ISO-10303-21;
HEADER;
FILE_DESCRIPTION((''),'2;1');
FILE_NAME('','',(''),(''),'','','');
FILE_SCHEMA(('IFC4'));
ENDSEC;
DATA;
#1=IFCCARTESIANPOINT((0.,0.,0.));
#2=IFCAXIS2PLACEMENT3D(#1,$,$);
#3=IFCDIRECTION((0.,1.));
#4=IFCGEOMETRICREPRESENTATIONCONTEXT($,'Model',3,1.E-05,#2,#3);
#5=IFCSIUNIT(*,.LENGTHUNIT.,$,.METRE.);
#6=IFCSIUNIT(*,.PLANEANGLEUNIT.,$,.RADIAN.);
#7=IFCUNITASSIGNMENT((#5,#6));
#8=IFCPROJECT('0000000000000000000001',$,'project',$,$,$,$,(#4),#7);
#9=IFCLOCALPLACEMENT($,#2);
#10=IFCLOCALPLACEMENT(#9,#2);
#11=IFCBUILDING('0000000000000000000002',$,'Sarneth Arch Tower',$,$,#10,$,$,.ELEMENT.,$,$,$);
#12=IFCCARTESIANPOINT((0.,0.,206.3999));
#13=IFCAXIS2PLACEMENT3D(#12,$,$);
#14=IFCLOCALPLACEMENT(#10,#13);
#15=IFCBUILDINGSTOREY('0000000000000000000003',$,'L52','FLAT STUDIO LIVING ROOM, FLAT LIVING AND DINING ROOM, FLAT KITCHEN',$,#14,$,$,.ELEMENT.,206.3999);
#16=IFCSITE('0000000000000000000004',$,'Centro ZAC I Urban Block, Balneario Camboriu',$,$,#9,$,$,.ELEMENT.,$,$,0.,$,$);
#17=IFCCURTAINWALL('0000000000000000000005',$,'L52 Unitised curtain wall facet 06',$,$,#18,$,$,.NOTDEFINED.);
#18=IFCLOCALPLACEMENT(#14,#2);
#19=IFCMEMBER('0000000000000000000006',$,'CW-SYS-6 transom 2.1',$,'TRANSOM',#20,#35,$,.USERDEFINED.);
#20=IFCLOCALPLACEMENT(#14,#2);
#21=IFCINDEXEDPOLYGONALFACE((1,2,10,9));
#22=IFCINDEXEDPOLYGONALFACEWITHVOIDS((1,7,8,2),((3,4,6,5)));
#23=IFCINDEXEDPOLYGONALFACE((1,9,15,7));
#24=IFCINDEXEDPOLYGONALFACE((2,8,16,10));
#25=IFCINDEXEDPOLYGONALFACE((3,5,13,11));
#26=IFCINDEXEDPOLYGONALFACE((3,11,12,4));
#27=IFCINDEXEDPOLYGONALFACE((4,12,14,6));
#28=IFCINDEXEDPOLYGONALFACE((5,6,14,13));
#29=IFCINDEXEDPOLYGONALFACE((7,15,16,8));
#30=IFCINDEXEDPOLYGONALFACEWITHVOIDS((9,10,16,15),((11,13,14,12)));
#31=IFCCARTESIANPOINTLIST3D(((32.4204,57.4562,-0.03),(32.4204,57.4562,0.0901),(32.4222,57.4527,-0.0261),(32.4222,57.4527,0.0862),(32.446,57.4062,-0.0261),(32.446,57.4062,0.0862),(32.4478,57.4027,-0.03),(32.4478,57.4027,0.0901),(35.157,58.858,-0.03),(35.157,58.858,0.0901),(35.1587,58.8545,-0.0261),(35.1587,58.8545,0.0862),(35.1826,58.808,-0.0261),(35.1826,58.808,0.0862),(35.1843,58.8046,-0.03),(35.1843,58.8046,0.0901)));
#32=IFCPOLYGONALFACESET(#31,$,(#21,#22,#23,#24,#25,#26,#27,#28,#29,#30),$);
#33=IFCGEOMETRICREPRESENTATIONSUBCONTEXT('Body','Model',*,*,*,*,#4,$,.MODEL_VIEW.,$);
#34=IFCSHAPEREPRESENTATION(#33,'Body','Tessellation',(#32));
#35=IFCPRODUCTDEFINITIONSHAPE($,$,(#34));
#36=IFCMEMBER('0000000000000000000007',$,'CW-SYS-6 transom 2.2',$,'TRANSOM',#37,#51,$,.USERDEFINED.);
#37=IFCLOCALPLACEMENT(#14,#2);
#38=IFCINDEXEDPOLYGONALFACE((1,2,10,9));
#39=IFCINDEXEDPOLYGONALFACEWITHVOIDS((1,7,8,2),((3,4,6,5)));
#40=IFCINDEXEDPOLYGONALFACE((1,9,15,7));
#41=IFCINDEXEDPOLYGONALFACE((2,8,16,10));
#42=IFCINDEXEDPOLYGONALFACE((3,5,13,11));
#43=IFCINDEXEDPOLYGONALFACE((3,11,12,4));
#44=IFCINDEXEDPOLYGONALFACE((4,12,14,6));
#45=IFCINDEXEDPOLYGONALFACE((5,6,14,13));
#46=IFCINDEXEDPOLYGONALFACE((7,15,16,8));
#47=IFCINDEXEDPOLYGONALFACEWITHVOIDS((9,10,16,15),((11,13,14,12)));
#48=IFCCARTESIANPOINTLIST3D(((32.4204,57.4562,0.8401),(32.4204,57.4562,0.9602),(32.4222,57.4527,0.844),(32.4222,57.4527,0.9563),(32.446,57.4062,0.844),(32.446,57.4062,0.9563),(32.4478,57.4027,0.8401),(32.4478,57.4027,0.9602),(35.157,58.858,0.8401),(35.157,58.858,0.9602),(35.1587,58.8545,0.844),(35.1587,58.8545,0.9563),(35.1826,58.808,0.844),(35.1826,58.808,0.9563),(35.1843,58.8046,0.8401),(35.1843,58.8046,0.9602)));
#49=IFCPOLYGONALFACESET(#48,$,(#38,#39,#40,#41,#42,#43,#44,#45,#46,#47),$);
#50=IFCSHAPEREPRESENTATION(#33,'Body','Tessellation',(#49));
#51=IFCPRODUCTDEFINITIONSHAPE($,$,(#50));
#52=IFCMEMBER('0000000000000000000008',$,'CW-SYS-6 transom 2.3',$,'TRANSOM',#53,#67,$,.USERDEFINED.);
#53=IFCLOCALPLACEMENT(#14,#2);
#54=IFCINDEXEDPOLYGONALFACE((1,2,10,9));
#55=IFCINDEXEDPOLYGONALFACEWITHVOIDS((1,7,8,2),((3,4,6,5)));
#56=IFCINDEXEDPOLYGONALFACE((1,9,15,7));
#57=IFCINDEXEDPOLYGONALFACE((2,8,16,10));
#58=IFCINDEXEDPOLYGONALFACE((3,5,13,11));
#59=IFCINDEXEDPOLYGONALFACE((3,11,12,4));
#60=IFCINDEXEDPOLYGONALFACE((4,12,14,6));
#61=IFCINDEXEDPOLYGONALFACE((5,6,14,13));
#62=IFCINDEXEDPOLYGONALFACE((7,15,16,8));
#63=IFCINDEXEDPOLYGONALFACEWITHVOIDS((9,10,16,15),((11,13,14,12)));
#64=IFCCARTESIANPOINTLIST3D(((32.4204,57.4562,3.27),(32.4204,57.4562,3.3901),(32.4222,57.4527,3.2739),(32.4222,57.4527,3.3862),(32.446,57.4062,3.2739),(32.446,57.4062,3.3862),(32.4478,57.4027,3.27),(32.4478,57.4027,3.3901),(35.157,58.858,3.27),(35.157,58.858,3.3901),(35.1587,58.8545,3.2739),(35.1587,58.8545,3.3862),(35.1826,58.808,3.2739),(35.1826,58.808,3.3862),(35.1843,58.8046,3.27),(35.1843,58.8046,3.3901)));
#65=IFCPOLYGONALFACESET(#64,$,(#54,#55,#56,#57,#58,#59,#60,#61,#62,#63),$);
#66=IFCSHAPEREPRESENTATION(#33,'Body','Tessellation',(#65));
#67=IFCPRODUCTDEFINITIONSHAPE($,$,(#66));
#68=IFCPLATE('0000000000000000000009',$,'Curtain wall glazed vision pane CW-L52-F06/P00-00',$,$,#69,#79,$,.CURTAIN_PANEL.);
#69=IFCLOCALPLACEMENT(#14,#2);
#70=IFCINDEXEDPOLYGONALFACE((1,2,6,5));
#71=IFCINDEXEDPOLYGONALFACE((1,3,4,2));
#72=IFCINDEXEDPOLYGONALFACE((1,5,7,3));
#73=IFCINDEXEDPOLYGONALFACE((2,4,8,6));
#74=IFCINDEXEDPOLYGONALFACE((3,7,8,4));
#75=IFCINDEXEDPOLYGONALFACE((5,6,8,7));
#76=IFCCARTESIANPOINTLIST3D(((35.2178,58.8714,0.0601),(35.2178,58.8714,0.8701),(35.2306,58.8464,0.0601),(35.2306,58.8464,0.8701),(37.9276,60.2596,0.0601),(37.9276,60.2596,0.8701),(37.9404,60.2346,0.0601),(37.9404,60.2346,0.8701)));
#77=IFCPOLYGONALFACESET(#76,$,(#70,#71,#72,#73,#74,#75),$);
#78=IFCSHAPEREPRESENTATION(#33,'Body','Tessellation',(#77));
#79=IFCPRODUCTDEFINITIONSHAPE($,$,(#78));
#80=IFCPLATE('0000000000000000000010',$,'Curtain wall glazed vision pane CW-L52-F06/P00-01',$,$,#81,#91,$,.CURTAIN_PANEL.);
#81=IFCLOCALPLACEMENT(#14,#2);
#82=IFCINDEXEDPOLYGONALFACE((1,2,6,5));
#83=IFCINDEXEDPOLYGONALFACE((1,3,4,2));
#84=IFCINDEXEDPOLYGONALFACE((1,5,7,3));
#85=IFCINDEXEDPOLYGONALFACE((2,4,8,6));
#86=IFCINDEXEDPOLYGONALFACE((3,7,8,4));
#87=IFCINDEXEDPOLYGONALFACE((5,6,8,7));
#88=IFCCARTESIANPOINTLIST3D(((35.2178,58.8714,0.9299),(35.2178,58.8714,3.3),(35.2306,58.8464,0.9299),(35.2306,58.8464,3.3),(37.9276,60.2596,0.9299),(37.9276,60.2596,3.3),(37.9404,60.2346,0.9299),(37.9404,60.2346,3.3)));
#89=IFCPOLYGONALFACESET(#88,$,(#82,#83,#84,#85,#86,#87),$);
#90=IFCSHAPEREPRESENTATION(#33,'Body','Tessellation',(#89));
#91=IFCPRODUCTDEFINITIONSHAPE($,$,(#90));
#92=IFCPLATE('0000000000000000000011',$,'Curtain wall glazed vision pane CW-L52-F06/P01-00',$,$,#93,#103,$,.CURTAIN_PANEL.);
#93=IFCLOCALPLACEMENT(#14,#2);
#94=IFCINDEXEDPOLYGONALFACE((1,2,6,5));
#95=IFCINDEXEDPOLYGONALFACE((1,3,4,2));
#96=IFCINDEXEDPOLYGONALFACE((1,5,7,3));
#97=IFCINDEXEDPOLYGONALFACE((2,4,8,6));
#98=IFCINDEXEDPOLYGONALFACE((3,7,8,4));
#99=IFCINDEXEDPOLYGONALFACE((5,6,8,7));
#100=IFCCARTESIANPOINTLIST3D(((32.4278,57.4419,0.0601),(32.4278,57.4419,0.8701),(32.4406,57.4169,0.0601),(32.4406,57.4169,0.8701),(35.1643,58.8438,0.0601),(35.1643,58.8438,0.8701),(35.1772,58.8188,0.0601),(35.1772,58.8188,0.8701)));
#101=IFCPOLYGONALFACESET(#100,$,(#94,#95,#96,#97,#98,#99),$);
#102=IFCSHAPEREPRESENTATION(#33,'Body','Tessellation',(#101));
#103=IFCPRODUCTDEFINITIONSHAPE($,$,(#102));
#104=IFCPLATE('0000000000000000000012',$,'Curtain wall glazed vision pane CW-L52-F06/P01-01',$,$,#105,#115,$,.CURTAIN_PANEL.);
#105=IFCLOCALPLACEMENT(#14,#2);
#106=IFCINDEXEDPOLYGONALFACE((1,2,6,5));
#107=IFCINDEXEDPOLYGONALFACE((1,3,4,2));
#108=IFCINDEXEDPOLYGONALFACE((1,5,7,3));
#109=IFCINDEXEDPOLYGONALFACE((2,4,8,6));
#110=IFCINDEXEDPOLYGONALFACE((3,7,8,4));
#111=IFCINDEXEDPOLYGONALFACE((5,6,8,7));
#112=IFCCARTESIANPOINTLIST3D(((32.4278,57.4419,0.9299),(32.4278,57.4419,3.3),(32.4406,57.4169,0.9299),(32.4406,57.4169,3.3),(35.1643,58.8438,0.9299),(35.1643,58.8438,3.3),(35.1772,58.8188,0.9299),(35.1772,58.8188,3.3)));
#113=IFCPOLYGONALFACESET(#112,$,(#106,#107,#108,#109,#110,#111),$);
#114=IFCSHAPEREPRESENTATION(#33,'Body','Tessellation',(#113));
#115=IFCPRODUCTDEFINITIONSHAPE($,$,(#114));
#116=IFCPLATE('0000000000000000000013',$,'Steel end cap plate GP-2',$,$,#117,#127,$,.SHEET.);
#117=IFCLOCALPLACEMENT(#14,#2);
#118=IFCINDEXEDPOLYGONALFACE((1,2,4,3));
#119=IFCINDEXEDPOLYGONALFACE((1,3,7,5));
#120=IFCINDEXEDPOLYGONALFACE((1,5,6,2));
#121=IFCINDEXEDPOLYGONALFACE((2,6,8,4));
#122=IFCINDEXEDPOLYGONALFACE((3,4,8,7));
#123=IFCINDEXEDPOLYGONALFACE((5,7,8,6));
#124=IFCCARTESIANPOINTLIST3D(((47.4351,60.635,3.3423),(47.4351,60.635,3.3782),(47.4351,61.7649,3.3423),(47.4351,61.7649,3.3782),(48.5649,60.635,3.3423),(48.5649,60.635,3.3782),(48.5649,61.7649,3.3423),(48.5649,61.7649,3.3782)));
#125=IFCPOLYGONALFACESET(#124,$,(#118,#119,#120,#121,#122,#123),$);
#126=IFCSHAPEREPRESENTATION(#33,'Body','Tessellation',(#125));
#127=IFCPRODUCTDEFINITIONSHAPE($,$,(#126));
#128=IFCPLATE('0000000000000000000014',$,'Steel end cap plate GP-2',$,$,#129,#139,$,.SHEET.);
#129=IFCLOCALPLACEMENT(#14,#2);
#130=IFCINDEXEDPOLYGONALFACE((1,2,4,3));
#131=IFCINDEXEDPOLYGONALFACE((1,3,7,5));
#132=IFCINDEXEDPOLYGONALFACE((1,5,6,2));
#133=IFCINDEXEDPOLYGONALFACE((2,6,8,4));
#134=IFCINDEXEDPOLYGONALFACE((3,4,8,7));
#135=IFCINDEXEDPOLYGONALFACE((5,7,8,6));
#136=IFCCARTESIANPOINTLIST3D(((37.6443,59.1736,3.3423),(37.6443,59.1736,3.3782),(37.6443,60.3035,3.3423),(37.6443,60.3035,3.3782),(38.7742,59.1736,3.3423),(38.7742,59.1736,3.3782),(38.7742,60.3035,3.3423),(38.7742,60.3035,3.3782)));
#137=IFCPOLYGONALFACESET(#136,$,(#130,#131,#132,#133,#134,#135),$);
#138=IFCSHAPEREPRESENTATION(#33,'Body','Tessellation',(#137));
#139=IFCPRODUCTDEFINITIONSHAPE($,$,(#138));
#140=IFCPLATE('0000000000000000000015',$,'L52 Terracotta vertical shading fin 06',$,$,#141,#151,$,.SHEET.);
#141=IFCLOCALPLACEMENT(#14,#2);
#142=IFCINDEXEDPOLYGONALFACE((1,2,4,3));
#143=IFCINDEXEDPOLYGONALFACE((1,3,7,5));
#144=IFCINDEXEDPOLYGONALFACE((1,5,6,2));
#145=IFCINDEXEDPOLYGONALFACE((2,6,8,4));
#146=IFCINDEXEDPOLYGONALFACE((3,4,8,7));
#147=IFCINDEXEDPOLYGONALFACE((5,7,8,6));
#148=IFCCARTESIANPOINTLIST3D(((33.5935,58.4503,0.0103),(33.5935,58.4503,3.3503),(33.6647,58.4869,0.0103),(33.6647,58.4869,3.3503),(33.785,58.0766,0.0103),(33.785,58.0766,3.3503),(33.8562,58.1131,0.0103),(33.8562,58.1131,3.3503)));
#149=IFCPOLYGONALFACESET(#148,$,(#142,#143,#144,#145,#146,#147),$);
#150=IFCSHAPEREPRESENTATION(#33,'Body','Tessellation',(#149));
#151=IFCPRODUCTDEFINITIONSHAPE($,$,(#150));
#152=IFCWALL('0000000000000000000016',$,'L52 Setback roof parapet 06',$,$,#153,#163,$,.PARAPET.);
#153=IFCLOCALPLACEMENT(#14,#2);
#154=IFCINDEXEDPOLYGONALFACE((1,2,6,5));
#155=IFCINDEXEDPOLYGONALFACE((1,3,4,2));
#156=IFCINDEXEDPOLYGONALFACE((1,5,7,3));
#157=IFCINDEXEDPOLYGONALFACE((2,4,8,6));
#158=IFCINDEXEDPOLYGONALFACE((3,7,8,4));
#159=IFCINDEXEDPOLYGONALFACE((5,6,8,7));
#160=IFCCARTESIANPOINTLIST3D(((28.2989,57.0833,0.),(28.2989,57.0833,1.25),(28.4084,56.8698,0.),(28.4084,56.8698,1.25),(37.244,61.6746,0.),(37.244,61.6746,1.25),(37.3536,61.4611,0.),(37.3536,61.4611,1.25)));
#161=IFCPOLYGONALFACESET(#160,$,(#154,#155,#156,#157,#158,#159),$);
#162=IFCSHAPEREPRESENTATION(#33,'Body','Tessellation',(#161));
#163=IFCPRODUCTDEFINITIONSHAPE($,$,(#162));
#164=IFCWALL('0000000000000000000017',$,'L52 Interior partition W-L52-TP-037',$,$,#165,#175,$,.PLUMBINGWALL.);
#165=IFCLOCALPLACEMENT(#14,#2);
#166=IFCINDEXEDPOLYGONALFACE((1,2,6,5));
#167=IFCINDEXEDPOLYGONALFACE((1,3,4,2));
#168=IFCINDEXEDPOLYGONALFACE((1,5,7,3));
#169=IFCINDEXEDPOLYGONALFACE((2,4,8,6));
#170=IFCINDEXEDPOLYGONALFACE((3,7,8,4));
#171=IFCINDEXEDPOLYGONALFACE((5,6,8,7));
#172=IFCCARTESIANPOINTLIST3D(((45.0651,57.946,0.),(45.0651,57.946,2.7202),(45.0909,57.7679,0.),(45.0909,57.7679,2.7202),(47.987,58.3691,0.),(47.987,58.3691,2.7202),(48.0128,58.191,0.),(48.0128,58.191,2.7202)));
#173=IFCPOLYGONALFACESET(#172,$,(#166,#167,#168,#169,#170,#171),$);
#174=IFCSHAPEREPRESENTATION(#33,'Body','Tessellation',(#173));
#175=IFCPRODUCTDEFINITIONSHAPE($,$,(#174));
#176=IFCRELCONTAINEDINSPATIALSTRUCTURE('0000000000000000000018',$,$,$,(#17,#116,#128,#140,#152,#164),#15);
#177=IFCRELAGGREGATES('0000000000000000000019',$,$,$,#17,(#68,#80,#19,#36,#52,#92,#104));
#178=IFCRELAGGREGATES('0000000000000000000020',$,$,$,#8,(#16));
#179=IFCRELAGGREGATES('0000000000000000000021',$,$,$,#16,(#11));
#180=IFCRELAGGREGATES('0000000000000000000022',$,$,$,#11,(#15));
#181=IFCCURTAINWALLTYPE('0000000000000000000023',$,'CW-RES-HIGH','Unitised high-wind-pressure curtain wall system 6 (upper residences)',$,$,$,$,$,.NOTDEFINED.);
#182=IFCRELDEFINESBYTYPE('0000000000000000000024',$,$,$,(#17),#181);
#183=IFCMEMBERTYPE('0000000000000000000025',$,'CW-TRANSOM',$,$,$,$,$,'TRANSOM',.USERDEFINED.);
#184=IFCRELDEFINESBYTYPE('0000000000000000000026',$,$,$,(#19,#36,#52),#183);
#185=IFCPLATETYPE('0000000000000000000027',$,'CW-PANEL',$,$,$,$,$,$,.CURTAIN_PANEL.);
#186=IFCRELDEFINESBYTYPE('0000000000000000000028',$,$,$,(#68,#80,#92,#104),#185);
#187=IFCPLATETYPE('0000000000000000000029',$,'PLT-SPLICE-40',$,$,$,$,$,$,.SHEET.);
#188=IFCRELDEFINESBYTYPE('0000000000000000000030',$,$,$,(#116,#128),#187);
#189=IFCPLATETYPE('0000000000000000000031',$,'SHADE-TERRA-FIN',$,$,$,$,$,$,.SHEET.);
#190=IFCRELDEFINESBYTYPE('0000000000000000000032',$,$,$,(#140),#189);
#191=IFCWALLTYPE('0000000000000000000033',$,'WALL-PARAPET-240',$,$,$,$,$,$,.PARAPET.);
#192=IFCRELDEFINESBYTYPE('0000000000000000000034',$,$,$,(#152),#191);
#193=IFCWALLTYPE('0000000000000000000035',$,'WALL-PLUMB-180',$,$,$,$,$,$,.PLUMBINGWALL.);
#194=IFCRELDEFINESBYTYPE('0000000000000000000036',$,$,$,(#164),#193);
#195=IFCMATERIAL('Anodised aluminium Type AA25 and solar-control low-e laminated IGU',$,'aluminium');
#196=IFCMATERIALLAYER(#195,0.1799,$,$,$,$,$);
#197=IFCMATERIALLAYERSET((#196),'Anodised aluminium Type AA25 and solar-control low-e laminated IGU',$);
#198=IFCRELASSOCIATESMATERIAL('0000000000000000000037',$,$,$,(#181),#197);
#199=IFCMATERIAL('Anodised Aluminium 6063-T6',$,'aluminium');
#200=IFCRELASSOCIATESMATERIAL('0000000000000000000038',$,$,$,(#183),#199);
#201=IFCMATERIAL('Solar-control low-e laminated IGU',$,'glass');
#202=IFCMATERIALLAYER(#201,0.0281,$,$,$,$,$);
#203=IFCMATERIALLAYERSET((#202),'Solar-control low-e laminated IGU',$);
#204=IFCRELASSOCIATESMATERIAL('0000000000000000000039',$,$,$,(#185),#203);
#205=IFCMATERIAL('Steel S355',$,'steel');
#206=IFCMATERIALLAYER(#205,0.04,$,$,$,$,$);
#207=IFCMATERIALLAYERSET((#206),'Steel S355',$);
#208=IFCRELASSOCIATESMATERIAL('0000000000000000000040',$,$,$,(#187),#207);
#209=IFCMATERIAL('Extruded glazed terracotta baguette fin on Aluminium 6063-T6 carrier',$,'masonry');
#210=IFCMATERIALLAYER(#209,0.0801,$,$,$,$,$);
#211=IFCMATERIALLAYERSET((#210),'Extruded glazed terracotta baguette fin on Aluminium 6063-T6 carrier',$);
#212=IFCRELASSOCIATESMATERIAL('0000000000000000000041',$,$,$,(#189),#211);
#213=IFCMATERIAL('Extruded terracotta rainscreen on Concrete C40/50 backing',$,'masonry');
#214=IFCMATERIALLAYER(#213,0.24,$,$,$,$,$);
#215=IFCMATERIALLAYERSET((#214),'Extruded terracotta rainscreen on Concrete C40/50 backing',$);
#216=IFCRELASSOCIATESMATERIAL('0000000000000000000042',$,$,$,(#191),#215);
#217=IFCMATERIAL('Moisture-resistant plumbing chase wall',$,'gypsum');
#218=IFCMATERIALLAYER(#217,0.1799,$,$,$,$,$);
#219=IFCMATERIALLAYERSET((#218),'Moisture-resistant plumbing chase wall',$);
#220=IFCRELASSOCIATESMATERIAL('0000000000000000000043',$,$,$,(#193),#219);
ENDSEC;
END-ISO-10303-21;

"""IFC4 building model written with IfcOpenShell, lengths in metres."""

from ifc_helpers import new_model, si_unit, direction, frame, frame_2d, origin, origin_2d, place, context, subcontext, project, spatial, rectangle, hollow_rectangle, extrude, material, layer, layer_set, material_profile, profile_set, type_object, element, aggregate, save


model = new_model("IFC4")

# Units and contexts
model_context = context("Model", 3, precision=1e-05, world=origin(), true_north=direction((0.0, 1.0)))
body_context = subcontext(model_context, "Body", "Model", "MODEL_VIEW")
ifc_project = project(units=[si_unit("LENGTHUNIT", "METRE"), si_unit("PLANEANGLEUNIT", "RADIAN")], contexts=[model_context])

# Site, building, storey
site_placement = place(None, origin())
site = spatial("IfcSite", under=ifc_project, at=site_placement, Name="Centro ZAC I Urban Block, Balneario Camboriu", CompositionType="ELEMENT", RefElevation=0.0)
building_placement = place(site_placement, origin())
building = spatial("IfcBuilding", under=site, at=building_placement, Name="Sarneth Arch Tower", CompositionType="ELEMENT")
storey_placement = place(building_placement, frame((0.0, 0.0, 206.3999)))
storey = spatial("IfcBuildingStorey", under=building, at=storey_placement, Name="L52", Description="FLAT STUDIO LIVING ROOM, FLAT LIVING AND DINING ROOM, FLAT KITCHEN", CompositionType="ELEMENT", Elevation=206.3999)

# Curtain wall, members, plates
ifc_material_1 = material(Name="Anodised aluminium Type AA25 and solar-control low-e laminated IGU", Category="aluminium")
ifc_layer_1 = layer(ifc_material_1, 0.1799)
ifc_layer_set_1 = layer_set([ifc_layer_1], Name="Anodised aluminium Type AA25 and solar-control low-e laminated IGU")
curtain_wall_type = type_object("IfcCurtainWallType", Name="CW-RES-HIGH", Description="Unitised high-wind-pressure curtain wall system 6 (upper residences)", PredefinedType="NOTDEFINED", material=ifc_layer_set_1)
curtain_wall_placement = place(storey_placement, origin())
curtain_wall = element("IfcCurtainWall", 1, at=curtain_wall_placement, inside=storey, type_object=curtain_wall_type, Name="L52 Unitised curtain wall facet 06", PredefinedType="NOTDEFINED")
ifc_material_2 = material(Name="Anodised Aluminium 6063-T6", Category="aluminium")
ifc_material_profile_1 = material_profile(ifc_material_2, hollow_rectangle(XDim=0.0601, YDim=0.1201, WallThickness=0.0039, at=origin_2d()), Name="AL-TRAN-120x60x4")
ifc_profile_set_1 = profile_set([ifc_material_profile_1], Name="Anodised Aluminium 6063-T6")
member_type_1 = type_object("IfcMemberType", Name="CW-TRANSOM", ElementType="TRANSOM", PredefinedType="USERDEFINED", material=ifc_profile_set_1)
member_1_placement = place(storey_placement, frame((35.1707, 58.8313, 0.03), z_axis=(-0.890017, -0.455926, 0.0), x_axis=(0.455926, -0.890017, 0.0)))
member_1 = element("IfcMember", 2, at=member_1_placement, type_object=member_type_1, Name="CW-SYS-6 transom 2.1", ObjectType="TRANSOM", PredefinedType="USERDEFINED", context=body_context, shape_type="SweptSolid", body=[
    extrude(hollow_rectangle(XDim=0.0601, YDim=0.1201, WallThickness=0.0039, at=origin_2d()), origin(), (0.0, 0.0, 1.0), 3.0747),
])
member_2_placement = place(storey_placement, frame((35.1707, 58.8313, 0.9001), z_axis=(-0.890017, -0.455926, 0.0), x_axis=(0.455926, -0.890017, 0.0)))
member_2 = element("IfcMember", 3, at=member_2_placement, type_object=member_type_1, Name="CW-SYS-6 transom 2.2", ObjectType="TRANSOM", PredefinedType="USERDEFINED", context=body_context, shape_type="SweptSolid", body=[
    extrude(hollow_rectangle(XDim=0.0601, YDim=0.1201, WallThickness=0.0039, at=origin_2d()), origin(), (0.0, 0.0, 1.0), 3.0747),
])
member_3_placement = place(storey_placement, frame((35.1707, 58.8313, 3.3301), z_axis=(-0.890017, -0.455926, 0.0), x_axis=(0.455926, -0.890017, 0.0)))
member_3 = element("IfcMember", 4, at=member_3_placement, type_object=member_type_1, Name="CW-SYS-6 transom 2.3", ObjectType="TRANSOM", PredefinedType="USERDEFINED", context=body_context, shape_type="SweptSolid", body=[
    extrude(hollow_rectangle(XDim=0.0601, YDim=0.1201, WallThickness=0.0039, at=origin_2d()), origin(), (0.0, 0.0, 1.0), 3.0747),
])
ifc_material_3 = material(Name="Solar-control low-e laminated IGU", Category="glass")
ifc_layer_2 = layer(ifc_material_3, 0.0281)
ifc_layer_set_2 = layer_set([ifc_layer_2], Name="Solar-control low-e laminated IGU")
plate_type_1 = type_object("IfcPlateType", Name="CW-PANEL", PredefinedType="CURTAIN_PANEL", material=ifc_layer_set_2)
plate_1_placement = place(storey_placement, frame((36.5791, 59.553, 0.0601), z_axis=(0.0, 0.0, 1.0), x_axis=(-0.89001, -0.455942, 0.0)))
plate_1 = element("IfcPlate", 5, at=plate_1_placement, type_object=plate_type_1, Name="Curtain wall glazed vision pane CW-L52-F06/P00-00", PredefinedType="CURTAIN_PANEL", context=body_context, shape_type="SweptSolid", body=[
    extrude(rectangle(XDim=3.0447, YDim=0.0281, at=origin_2d()), origin(), (0.0, 0.0, 1.0), 0.8101),
])
plate_2_placement = place(storey_placement, frame((36.5791, 59.553, 0.9299), z_axis=(0.0, 0.0, 1.0), x_axis=(-0.89001, -0.455942, 0.0)))
plate_2 = element("IfcPlate", 6, at=plate_2_placement, type_object=plate_type_1, Name="Curtain wall glazed vision pane CW-L52-F06/P00-01", PredefinedType="CURTAIN_PANEL", context=body_context, shape_type="SweptSolid", body=[
    extrude(rectangle(XDim=3.0447, YDim=0.0281, at=origin_2d()), origin(), (0.0, 0.0, 1.0), 2.3701),
])
plate_3_placement = place(storey_placement, frame((33.8025, 58.1304, 0.0601), z_axis=(0.0, 0.0, 1.0), x_axis=(-0.89001, -0.455942, 0.0)))
plate_3 = element("IfcPlate", 7, at=plate_3_placement, type_object=plate_type_1, Name="Curtain wall glazed vision pane CW-L52-F06/P01-00", PredefinedType="CURTAIN_PANEL", context=body_context, shape_type="SweptSolid", body=[
    extrude(rectangle(XDim=3.0747, YDim=0.0281, at=origin_2d()), origin(), (0.0, 0.0, 1.0), 0.8101),
])
plate_4_placement = place(storey_placement, frame((33.8025, 58.1304, 0.9299), z_axis=(0.0, 0.0, 1.0), x_axis=(-0.89001, -0.455942, 0.0)))
plate_4 = element("IfcPlate", 8, at=plate_4_placement, type_object=plate_type_1, Name="Curtain wall glazed vision pane CW-L52-F06/P01-01", PredefinedType="CURTAIN_PANEL", context=body_context, shape_type="SweptSolid", body=[
    extrude(rectangle(XDim=3.0747, YDim=0.0281, at=origin_2d()), origin(), (0.0, 0.0, 1.0), 2.3701),
])
aggregate(curtain_wall, [plate_1, plate_2, member_1, member_2, member_3, plate_3, plate_4])

# Plates
ifc_material_4 = material(Name="Steel S355", Category="steel")
ifc_layer_3 = layer(ifc_material_4, 0.04)
ifc_layer_set_3 = layer_set([ifc_layer_3], Name="Steel S355")
plate_type_2 = type_object("IfcPlateType", Name="PLT-SPLICE-40", PredefinedType="SHEET", material=ifc_layer_set_3)
for number, where, z_axis, x_axis, name in (
    (9, (48.0, 61.2, 3.3423), (0.0, 0.0, 1.0), (1.0, 0.0, 0.0), "Steel end cap plate GP-2"),
    (10, (38.2092, 59.7385, 3.3423), (0.0, 0.0, 1.0), (1.0, 0.0, 0.0), "Steel end cap plate GP-2"),
):
    element("IfcPlate", number, at=place(storey_placement, frame(where, z_axis=z_axis, x_axis=x_axis)), inside=storey, type_object=plate_type_2, Name=name, PredefinedType="SHEET", context=body_context, shape_type="SweptSolid", body=[
        extrude(rectangle(XDim=1.1299, YDim=1.1299, at=origin_2d()), origin(), (0.0, 0.0, 1.0), 0.0359),
    ])
ifc_material_5 = material(Name="Extruded glazed terracotta baguette fin on Aluminium 6063-T6 carrier", Category="masonry")
ifc_layer_4 = layer(ifc_material_5, 0.0801)
ifc_layer_set_4 = layer_set([ifc_layer_4], Name="Extruded glazed terracotta baguette fin on Aluminium 6063-T6 carrier")
plate_type_3 = type_object("IfcPlateType", Name="SHADE-TERRA-FIN", PredefinedType="SHEET", material=ifc_layer_set_4)
plate_5_placement = place(storey_placement, frame((33.7249, 58.2817, 0.0103), z_axis=(0.0, 0.0, 1.0), x_axis=(-0.456011, 0.889974, 0.0)))
element("IfcPlate", 11, at=plate_5_placement, inside=storey, type_object=plate_type_3, Name="L52 Terracotta vertical shading fin 06", PredefinedType="SHEET", context=body_context, shape_type="SweptSolid", body=[
    extrude(rectangle(XDim=0.4199, YDim=0.0801, at=origin_2d()), origin(), (0.0, 0.0, 1.0), 3.3401),
])

# Walls
ifc_material_6 = material(Name="Extruded terracotta rainscreen on Concrete C40/50 backing", Category="masonry")
ifc_layer_5 = layer(ifc_material_6, 0.24)
ifc_layer_set_5 = layer_set([ifc_layer_5], Name="Extruded terracotta rainscreen on Concrete C40/50 backing")
wall_type_1 = type_object("IfcWallType", Name="WALL-PARAPET-240", PredefinedType="PARAPET", material=ifc_layer_set_5)
wall_1_placement = place(storey_placement, frame((37.2988, 61.5679, 0.0), z_axis=(0.0, 0.0, 1.0), x_axis=(-0.889652, -0.456639, 0.0)))
element("IfcWall", 12, at=wall_1_placement, inside=storey, type_object=wall_type_1, Name="L52 Setback roof parapet 06", PredefinedType="PARAPET", context=body_context, shape_type="SweptSolid", body=[
    extrude(rectangle(XDim=10.0547, YDim=0.24, at=frame_2d((5.0273, 0.0))), origin(), (0.0, 0.0, 1.0), 1.25),
])
ifc_material_7 = material(Name="Moisture-resistant plumbing chase wall", Category="gypsum")
ifc_layer_6 = layer(ifc_material_7, 0.1799)
ifc_layer_set_6 = layer_set([ifc_layer_6], Name="Moisture-resistant plumbing chase wall")
wall_type_2 = type_object("IfcWallType", Name="WALL-PLUMB-180", PredefinedType="PLUMBINGWALL", material=ifc_layer_set_6)
wall_2_placement = place(storey_placement, frame((45.0781, 57.8569, 0.0), z_axis=(0.0, 0.0, 1.0), x_axis=(0.989678, 0.143308, 0.0)))
element("IfcWall", 13, at=wall_2_placement, inside=storey, type_object=wall_type_2, Name="L52 Interior partition W-L52-TP-037", PredefinedType="PLUMBINGWALL", context=body_context, shape_type="SweptSolid", body=[
    extrude(rectangle(XDim=2.9524, YDim=0.1799, at=frame_2d((1.4761, 0.0))), origin(), (0.0, 0.0, 1.0), 2.7202),
])

save(model, "model.ifc")
